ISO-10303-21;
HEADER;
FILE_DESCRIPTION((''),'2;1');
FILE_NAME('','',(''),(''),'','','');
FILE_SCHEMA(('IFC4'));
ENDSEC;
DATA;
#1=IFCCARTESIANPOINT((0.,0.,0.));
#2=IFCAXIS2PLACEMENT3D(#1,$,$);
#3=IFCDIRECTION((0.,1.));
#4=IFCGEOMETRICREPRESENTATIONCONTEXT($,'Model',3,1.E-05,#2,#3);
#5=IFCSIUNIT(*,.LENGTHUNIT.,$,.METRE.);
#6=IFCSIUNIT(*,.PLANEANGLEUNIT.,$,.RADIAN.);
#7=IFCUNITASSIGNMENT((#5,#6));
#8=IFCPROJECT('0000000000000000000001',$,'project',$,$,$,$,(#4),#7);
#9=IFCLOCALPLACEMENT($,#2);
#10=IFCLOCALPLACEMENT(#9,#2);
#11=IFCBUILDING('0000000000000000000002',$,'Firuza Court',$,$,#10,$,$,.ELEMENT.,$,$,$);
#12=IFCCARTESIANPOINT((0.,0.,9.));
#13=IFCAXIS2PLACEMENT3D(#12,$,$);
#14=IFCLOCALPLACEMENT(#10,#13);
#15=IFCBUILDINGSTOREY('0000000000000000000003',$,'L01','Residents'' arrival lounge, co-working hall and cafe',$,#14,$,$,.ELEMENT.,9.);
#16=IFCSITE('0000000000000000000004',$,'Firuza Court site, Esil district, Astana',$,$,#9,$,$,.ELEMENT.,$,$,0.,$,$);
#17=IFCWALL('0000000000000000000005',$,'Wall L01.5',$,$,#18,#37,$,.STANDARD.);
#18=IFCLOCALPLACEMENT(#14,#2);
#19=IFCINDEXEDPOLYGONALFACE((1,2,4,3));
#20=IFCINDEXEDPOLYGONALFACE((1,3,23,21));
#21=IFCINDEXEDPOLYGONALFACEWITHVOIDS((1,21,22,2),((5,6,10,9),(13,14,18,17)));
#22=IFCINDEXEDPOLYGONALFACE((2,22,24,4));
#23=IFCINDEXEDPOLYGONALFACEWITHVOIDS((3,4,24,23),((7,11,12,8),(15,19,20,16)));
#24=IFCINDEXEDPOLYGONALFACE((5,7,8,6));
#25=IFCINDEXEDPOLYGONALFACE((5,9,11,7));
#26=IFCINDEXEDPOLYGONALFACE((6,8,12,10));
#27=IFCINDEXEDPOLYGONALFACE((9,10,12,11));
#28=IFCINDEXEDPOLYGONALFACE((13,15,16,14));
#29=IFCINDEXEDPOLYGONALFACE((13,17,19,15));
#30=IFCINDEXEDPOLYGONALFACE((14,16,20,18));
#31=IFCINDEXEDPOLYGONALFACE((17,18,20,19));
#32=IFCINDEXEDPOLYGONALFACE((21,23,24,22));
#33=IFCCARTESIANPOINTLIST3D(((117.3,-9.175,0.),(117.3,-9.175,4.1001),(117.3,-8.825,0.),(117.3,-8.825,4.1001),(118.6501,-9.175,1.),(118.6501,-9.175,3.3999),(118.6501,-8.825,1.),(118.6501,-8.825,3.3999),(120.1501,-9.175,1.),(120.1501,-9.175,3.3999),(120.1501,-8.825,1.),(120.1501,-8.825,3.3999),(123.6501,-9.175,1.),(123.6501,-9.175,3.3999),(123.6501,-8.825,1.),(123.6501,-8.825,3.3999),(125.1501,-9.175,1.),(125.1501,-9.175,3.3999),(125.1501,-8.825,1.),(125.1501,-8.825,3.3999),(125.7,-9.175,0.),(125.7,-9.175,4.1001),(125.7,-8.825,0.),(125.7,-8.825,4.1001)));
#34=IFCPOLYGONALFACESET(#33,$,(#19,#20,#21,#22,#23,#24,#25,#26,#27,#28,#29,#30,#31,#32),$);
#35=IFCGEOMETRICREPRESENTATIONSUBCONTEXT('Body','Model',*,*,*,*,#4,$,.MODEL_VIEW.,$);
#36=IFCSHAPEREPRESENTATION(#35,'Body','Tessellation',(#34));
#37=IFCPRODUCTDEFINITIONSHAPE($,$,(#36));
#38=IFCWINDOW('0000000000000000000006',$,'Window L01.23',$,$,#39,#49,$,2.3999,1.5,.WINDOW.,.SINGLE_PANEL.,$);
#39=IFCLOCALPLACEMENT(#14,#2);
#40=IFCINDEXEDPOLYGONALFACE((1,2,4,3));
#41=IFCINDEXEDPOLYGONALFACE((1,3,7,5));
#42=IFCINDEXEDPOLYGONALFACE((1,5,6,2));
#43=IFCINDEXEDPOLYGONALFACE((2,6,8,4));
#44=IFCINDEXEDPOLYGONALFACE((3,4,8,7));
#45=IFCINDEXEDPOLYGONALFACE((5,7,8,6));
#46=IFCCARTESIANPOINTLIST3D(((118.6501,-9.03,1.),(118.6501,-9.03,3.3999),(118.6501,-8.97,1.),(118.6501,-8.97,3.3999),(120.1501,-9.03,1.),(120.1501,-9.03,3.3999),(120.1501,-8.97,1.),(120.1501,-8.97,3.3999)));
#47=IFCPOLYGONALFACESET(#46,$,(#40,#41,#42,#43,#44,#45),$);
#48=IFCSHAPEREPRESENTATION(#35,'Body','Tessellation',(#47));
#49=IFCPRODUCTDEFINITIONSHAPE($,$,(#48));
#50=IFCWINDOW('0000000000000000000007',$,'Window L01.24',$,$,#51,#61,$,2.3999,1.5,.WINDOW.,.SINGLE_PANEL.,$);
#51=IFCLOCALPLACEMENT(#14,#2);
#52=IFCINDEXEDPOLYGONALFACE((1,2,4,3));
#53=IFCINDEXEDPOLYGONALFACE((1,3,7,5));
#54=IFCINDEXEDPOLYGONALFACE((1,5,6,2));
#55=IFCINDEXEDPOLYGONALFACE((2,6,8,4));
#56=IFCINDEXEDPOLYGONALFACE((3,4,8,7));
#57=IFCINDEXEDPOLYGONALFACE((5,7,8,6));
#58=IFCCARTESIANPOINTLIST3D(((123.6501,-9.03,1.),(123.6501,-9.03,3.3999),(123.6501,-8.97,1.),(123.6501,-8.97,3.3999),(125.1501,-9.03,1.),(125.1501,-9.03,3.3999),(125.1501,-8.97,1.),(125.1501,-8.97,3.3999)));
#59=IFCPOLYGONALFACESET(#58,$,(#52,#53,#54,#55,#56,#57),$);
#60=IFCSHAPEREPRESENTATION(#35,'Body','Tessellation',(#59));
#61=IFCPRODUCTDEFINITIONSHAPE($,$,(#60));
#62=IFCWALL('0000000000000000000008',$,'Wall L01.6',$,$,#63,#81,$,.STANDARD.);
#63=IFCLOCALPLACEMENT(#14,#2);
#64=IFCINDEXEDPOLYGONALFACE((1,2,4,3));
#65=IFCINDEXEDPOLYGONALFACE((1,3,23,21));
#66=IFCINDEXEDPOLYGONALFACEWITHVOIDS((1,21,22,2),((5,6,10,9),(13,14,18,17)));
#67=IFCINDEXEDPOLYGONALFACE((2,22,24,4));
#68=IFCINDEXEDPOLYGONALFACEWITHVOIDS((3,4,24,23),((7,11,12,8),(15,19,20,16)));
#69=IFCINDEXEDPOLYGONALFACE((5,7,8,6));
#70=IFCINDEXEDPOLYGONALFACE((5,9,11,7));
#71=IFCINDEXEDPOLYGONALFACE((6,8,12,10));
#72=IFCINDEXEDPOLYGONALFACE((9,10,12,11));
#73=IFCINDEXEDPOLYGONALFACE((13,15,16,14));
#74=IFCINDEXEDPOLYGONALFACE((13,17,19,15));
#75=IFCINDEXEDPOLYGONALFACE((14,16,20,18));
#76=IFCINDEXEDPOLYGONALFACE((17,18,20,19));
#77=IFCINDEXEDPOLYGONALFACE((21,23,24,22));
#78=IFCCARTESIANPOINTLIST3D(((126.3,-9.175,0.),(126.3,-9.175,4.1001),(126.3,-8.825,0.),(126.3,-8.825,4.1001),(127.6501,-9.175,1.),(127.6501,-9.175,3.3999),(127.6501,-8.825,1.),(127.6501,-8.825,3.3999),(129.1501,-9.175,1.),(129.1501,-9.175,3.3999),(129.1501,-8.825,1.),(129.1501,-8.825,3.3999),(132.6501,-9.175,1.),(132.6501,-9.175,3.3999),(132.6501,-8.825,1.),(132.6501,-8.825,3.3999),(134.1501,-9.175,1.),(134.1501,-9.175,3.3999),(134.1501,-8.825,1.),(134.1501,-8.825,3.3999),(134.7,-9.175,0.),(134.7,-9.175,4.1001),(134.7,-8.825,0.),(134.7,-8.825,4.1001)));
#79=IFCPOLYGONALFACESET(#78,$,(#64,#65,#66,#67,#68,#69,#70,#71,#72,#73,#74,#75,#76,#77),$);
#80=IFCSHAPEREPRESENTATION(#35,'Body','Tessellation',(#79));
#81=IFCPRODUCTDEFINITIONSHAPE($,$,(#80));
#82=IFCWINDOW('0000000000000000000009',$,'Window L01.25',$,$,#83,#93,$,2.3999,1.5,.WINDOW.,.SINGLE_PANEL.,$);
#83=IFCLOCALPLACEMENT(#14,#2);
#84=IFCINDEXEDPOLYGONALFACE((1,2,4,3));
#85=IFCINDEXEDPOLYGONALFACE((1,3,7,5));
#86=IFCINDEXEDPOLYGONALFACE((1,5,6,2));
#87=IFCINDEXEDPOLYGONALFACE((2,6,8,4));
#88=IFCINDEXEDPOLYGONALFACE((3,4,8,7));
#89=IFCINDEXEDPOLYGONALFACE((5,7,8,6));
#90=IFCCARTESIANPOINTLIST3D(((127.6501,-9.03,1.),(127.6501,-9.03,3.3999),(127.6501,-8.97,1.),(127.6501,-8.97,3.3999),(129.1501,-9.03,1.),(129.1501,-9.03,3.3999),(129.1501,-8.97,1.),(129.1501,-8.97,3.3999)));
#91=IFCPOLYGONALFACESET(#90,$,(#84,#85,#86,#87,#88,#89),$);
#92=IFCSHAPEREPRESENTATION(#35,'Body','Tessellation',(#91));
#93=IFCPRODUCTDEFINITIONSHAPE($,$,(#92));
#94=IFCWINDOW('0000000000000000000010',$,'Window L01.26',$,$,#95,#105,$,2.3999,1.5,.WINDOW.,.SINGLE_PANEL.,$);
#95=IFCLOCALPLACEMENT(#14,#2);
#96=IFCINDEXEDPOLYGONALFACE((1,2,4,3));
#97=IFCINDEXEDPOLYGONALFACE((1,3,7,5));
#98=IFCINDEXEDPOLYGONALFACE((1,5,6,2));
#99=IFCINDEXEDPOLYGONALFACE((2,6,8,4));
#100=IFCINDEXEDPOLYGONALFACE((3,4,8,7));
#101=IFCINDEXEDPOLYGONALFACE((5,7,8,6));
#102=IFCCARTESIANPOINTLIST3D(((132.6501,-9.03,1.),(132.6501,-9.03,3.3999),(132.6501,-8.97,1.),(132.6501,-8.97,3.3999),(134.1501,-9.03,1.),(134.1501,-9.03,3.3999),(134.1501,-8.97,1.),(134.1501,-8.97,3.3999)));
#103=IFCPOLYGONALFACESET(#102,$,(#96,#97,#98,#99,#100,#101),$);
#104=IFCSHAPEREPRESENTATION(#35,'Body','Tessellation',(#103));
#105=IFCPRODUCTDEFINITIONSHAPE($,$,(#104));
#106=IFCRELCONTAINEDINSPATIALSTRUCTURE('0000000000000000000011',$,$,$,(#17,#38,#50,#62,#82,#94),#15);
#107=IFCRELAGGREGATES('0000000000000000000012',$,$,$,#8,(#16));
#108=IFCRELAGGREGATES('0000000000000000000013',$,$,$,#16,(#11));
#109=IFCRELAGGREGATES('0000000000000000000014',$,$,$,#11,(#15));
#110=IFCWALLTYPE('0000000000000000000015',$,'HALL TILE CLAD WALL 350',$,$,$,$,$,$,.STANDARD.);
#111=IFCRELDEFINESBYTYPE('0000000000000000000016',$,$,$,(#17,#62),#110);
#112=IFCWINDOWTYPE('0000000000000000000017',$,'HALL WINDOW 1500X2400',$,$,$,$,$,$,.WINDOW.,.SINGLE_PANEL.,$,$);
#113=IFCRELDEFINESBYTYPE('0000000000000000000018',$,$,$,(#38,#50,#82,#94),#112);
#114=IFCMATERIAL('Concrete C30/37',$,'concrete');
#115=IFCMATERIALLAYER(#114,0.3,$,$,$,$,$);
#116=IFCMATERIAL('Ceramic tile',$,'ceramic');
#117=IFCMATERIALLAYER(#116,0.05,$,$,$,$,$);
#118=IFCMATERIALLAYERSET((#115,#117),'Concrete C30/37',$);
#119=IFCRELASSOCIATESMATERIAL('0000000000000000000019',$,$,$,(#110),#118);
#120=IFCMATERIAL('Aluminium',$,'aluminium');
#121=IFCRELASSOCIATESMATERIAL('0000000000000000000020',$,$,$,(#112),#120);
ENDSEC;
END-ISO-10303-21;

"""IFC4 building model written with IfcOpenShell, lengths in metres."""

from ifc_helpers import new_model, si_unit, direction, frame, frame_2d, origin, place, context, subcontext, project, spatial, rectangle, extrude, material, layer, layer_set, type_object, element, fill, save


model = new_model("IFC4")

# Units and contexts
model_context = context("Model", 3, precision=1e-05, world=origin(), true_north=direction((0.0, 1.0)))
body_context = subcontext(model_context, "Body", "Model", "MODEL_VIEW")
ifc_project = project(units=[si_unit("LENGTHUNIT", "METRE"), si_unit("PLANEANGLEUNIT", "RADIAN")], contexts=[model_context])

# Site, building, storey
site_placement = place(None, origin())
site = spatial("IfcSite", under=ifc_project, at=site_placement, Name="Firuza Court site, Esil district, Astana", CompositionType="ELEMENT", RefElevation=0.0)
building_placement = place(site_placement, origin())
building = spatial("IfcBuilding", under=site, at=building_placement, Name="Firuza Court", CompositionType="ELEMENT")
storey_placement = place(building_placement, frame((0.0, 0.0, 9.0)))
storey = spatial("IfcBuildingStorey", under=building, at=storey_placement, Name="L01", Description="Residents' arrival lounge, co-working hall and cafe", CompositionType="ELEMENT", Elevation=9.0)

# Walls, openings, windows
ifc_material_1 = material(Name="Concrete C30/37", Category="concrete")
ifc_layer_1 = layer(ifc_material_1, 0.3)
ifc_material_2 = material(Name="Ceramic tile", Category="ceramic")
ifc_layer_2 = layer(ifc_material_2, 0.05)
ifc_layer_set_1 = layer_set([ifc_layer_1, ifc_layer_2], Name="Concrete C30/37")
wall_type_1 = type_object("IfcWallType", Name="HALL TILE CLAD WALL 350", PredefinedType="STANDARD", material=ifc_layer_set_1)
wall_1_placement = place(storey_placement, frame((117.3, -9.0, 0.0), z_axis=(0.0, 0.0, 1.0), x_axis=(1.0, 0.0, 0.0)))
wall_1 = element("IfcWall", 1, at=wall_1_placement, inside=storey, type_object=wall_type_1, Name="Wall L01.5", PredefinedType="STANDARD", context=body_context, shape_type="SweptSolid", body=[
    extrude(rectangle(XDim=8.3999, YDim=0.3501, at=frame_2d((4.2, 0.0))), origin(), (0.0, 0.0, 1.0), 4.1001),
])
opening_1_placement = place(wall_1_placement, frame((1.3501, 0.0, 1.0)))
opening_1 = element("IfcOpeningElement", 2, at=opening_1_placement, cuts=wall_1, PredefinedType="OPENING", context=body_context, shape_type="SweptSolid", body=[
    extrude(rectangle(XDim=1.5, YDim=2.3999, at=frame_2d((0.75, 1.2))), frame((0.0, 0.187, 0.0), z_axis=(0.0, -1.0, 0.0), x_axis=(1.0, 0.0, 0.0)), (0.0, 0.0, 1.0), 0.374),
])
opening_2_placement = place(wall_1_placement, frame((6.3501, 0.0, 1.0)))
opening_2 = element("IfcOpeningElement", 3, at=opening_2_placement, cuts=wall_1, PredefinedType="OPENING", context=body_context, shape_type="SweptSolid", body=[
    extrude(rectangle(XDim=1.5, YDim=2.3999, at=frame_2d((0.75, 1.2))), frame((0.0, 0.187, 0.0), z_axis=(0.0, -1.0, 0.0), x_axis=(1.0, 0.0, 0.0)), (0.0, 0.0, 1.0), 0.374),
])
ifc_material_3 = material(Name="Aluminium", Category="aluminium")
window_type = type_object("IfcWindowType", Name="HALL WINDOW 1500X2400", PartitioningType="SINGLE_PANEL", PredefinedType="WINDOW", material=ifc_material_3)
window_1_placement = place(opening_1_placement, origin())
window_1 = element("IfcWindow", 4, at=window_1_placement, inside=storey, type_object=window_type, Name="Window L01.23", OverallHeight=2.3999, OverallWidth=1.5, PartitioningType="SINGLE_PANEL", PredefinedType="WINDOW", context=body_context, shape_type="SweptSolid", body=[
    extrude(rectangle(XDim=1.5, YDim=2.3999, at=frame_2d((0.75, 1.2))), frame((0.0, 0.03, 0.0), z_axis=(0.0, -1.0, 0.0), x_axis=(1.0, 0.0, 0.0)), (0.0, 0.0, 1.0), 0.0601),
])
fill(opening_1, window_1)
window_2_placement = place(opening_2_placement, origin())
window_2 = element("IfcWindow", 5, at=window_2_placement, inside=storey, type_object=window_type, Name="Window L01.24", OverallHeight=2.3999, OverallWidth=1.5, PartitioningType="SINGLE_PANEL", PredefinedType="WINDOW", context=body_context, shape_type="SweptSolid", body=[
    extrude(rectangle(XDim=1.5, YDim=2.3999, at=frame_2d((0.75, 1.2))), frame((0.0, 0.03, 0.0), z_axis=(0.0, -1.0, 0.0), x_axis=(1.0, 0.0, 0.0)), (0.0, 0.0, 1.0), 0.0601),
])
fill(opening_2, window_2)
wall_2_placement = place(storey_placement, frame((126.3, -9.0, 0.0), z_axis=(0.0, 0.0, 1.0), x_axis=(1.0, 0.0, 0.0)))
wall_2 = element("IfcWall", 6, at=wall_2_placement, inside=storey, type_object=wall_type_1, Name="Wall L01.6", PredefinedType="STANDARD", context=body_context, shape_type="SweptSolid", body=[
    extrude(rectangle(XDim=8.3999, YDim=0.3501, at=frame_2d((4.2, 0.0))), origin(), (0.0, 0.0, 1.0), 4.1001),
])
opening_3_placement = place(wall_2_placement, frame((1.3501, 0.0, 1.0)))
opening_3 = element("IfcOpeningElement", 7, at=opening_3_placement, cuts=wall_2, PredefinedType="OPENING", context=body_context, shape_type="SweptSolid", body=[
    extrude(rectangle(XDim=1.5, YDim=2.3999, at=frame_2d((0.75, 1.2))), frame((0.0, 0.187, 0.0), z_axis=(0.0, -1.0, 0.0), x_axis=(1.0, 0.0, 0.0)), (0.0, 0.0, 1.0), 0.374),
])
opening_4_placement = place(wall_2_placement, frame((6.3501, 0.0, 1.0)))
opening_4 = element("IfcOpeningElement", 8, at=opening_4_placement, cuts=wall_2, PredefinedType="OPENING", context=body_context, shape_type="SweptSolid", body=[
    extrude(rectangle(XDim=1.5, YDim=2.3999, at=frame_2d((0.75, 1.2))), frame((0.0, 0.187, 0.0), z_axis=(0.0, -1.0, 0.0), x_axis=(1.0, 0.0, 0.0)), (0.0, 0.0, 1.0), 0.374),
])
window_3_placement = place(opening_3_placement, origin())
window_3 = element("IfcWindow", 9, at=window_3_placement, inside=storey, type_object=window_type, Name="Window L01.25", OverallHeight=2.3999, OverallWidth=1.5, PartitioningType="SINGLE_PANEL", PredefinedType="WINDOW", context=body_context, shape_type="SweptSolid", body=[
    extrude(rectangle(XDim=1.5, YDim=2.3999, at=frame_2d((0.75, 1.2))), frame((0.0, 0.03, 0.0), z_axis=(0.0, -1.0, 0.0), x_axis=(1.0, 0.0, 0.0)), (0.0, 0.0, 1.0), 0.0601),
])
fill(opening_3, window_3)
window_4_placement = place(opening_4_placement, origin())
window_4 = element("IfcWindow", 10, at=window_4_placement, inside=storey, type_object=window_type, Name="Window L01.26", OverallHeight=2.3999, OverallWidth=1.5, PartitioningType="SINGLE_PANEL", PredefinedType="WINDOW", context=body_context, shape_type="SweptSolid", body=[
    extrude(rectangle(XDim=1.5, YDim=2.3999, at=frame_2d((0.75, 1.2))), frame((0.0, 0.03, 0.0), z_axis=(0.0, -1.0, 0.0), x_axis=(1.0, 0.0, 0.0)), (0.0, 0.0, 1.0), 0.0601),
])
fill(opening_4, window_4)

save(model, "model.ifc")
